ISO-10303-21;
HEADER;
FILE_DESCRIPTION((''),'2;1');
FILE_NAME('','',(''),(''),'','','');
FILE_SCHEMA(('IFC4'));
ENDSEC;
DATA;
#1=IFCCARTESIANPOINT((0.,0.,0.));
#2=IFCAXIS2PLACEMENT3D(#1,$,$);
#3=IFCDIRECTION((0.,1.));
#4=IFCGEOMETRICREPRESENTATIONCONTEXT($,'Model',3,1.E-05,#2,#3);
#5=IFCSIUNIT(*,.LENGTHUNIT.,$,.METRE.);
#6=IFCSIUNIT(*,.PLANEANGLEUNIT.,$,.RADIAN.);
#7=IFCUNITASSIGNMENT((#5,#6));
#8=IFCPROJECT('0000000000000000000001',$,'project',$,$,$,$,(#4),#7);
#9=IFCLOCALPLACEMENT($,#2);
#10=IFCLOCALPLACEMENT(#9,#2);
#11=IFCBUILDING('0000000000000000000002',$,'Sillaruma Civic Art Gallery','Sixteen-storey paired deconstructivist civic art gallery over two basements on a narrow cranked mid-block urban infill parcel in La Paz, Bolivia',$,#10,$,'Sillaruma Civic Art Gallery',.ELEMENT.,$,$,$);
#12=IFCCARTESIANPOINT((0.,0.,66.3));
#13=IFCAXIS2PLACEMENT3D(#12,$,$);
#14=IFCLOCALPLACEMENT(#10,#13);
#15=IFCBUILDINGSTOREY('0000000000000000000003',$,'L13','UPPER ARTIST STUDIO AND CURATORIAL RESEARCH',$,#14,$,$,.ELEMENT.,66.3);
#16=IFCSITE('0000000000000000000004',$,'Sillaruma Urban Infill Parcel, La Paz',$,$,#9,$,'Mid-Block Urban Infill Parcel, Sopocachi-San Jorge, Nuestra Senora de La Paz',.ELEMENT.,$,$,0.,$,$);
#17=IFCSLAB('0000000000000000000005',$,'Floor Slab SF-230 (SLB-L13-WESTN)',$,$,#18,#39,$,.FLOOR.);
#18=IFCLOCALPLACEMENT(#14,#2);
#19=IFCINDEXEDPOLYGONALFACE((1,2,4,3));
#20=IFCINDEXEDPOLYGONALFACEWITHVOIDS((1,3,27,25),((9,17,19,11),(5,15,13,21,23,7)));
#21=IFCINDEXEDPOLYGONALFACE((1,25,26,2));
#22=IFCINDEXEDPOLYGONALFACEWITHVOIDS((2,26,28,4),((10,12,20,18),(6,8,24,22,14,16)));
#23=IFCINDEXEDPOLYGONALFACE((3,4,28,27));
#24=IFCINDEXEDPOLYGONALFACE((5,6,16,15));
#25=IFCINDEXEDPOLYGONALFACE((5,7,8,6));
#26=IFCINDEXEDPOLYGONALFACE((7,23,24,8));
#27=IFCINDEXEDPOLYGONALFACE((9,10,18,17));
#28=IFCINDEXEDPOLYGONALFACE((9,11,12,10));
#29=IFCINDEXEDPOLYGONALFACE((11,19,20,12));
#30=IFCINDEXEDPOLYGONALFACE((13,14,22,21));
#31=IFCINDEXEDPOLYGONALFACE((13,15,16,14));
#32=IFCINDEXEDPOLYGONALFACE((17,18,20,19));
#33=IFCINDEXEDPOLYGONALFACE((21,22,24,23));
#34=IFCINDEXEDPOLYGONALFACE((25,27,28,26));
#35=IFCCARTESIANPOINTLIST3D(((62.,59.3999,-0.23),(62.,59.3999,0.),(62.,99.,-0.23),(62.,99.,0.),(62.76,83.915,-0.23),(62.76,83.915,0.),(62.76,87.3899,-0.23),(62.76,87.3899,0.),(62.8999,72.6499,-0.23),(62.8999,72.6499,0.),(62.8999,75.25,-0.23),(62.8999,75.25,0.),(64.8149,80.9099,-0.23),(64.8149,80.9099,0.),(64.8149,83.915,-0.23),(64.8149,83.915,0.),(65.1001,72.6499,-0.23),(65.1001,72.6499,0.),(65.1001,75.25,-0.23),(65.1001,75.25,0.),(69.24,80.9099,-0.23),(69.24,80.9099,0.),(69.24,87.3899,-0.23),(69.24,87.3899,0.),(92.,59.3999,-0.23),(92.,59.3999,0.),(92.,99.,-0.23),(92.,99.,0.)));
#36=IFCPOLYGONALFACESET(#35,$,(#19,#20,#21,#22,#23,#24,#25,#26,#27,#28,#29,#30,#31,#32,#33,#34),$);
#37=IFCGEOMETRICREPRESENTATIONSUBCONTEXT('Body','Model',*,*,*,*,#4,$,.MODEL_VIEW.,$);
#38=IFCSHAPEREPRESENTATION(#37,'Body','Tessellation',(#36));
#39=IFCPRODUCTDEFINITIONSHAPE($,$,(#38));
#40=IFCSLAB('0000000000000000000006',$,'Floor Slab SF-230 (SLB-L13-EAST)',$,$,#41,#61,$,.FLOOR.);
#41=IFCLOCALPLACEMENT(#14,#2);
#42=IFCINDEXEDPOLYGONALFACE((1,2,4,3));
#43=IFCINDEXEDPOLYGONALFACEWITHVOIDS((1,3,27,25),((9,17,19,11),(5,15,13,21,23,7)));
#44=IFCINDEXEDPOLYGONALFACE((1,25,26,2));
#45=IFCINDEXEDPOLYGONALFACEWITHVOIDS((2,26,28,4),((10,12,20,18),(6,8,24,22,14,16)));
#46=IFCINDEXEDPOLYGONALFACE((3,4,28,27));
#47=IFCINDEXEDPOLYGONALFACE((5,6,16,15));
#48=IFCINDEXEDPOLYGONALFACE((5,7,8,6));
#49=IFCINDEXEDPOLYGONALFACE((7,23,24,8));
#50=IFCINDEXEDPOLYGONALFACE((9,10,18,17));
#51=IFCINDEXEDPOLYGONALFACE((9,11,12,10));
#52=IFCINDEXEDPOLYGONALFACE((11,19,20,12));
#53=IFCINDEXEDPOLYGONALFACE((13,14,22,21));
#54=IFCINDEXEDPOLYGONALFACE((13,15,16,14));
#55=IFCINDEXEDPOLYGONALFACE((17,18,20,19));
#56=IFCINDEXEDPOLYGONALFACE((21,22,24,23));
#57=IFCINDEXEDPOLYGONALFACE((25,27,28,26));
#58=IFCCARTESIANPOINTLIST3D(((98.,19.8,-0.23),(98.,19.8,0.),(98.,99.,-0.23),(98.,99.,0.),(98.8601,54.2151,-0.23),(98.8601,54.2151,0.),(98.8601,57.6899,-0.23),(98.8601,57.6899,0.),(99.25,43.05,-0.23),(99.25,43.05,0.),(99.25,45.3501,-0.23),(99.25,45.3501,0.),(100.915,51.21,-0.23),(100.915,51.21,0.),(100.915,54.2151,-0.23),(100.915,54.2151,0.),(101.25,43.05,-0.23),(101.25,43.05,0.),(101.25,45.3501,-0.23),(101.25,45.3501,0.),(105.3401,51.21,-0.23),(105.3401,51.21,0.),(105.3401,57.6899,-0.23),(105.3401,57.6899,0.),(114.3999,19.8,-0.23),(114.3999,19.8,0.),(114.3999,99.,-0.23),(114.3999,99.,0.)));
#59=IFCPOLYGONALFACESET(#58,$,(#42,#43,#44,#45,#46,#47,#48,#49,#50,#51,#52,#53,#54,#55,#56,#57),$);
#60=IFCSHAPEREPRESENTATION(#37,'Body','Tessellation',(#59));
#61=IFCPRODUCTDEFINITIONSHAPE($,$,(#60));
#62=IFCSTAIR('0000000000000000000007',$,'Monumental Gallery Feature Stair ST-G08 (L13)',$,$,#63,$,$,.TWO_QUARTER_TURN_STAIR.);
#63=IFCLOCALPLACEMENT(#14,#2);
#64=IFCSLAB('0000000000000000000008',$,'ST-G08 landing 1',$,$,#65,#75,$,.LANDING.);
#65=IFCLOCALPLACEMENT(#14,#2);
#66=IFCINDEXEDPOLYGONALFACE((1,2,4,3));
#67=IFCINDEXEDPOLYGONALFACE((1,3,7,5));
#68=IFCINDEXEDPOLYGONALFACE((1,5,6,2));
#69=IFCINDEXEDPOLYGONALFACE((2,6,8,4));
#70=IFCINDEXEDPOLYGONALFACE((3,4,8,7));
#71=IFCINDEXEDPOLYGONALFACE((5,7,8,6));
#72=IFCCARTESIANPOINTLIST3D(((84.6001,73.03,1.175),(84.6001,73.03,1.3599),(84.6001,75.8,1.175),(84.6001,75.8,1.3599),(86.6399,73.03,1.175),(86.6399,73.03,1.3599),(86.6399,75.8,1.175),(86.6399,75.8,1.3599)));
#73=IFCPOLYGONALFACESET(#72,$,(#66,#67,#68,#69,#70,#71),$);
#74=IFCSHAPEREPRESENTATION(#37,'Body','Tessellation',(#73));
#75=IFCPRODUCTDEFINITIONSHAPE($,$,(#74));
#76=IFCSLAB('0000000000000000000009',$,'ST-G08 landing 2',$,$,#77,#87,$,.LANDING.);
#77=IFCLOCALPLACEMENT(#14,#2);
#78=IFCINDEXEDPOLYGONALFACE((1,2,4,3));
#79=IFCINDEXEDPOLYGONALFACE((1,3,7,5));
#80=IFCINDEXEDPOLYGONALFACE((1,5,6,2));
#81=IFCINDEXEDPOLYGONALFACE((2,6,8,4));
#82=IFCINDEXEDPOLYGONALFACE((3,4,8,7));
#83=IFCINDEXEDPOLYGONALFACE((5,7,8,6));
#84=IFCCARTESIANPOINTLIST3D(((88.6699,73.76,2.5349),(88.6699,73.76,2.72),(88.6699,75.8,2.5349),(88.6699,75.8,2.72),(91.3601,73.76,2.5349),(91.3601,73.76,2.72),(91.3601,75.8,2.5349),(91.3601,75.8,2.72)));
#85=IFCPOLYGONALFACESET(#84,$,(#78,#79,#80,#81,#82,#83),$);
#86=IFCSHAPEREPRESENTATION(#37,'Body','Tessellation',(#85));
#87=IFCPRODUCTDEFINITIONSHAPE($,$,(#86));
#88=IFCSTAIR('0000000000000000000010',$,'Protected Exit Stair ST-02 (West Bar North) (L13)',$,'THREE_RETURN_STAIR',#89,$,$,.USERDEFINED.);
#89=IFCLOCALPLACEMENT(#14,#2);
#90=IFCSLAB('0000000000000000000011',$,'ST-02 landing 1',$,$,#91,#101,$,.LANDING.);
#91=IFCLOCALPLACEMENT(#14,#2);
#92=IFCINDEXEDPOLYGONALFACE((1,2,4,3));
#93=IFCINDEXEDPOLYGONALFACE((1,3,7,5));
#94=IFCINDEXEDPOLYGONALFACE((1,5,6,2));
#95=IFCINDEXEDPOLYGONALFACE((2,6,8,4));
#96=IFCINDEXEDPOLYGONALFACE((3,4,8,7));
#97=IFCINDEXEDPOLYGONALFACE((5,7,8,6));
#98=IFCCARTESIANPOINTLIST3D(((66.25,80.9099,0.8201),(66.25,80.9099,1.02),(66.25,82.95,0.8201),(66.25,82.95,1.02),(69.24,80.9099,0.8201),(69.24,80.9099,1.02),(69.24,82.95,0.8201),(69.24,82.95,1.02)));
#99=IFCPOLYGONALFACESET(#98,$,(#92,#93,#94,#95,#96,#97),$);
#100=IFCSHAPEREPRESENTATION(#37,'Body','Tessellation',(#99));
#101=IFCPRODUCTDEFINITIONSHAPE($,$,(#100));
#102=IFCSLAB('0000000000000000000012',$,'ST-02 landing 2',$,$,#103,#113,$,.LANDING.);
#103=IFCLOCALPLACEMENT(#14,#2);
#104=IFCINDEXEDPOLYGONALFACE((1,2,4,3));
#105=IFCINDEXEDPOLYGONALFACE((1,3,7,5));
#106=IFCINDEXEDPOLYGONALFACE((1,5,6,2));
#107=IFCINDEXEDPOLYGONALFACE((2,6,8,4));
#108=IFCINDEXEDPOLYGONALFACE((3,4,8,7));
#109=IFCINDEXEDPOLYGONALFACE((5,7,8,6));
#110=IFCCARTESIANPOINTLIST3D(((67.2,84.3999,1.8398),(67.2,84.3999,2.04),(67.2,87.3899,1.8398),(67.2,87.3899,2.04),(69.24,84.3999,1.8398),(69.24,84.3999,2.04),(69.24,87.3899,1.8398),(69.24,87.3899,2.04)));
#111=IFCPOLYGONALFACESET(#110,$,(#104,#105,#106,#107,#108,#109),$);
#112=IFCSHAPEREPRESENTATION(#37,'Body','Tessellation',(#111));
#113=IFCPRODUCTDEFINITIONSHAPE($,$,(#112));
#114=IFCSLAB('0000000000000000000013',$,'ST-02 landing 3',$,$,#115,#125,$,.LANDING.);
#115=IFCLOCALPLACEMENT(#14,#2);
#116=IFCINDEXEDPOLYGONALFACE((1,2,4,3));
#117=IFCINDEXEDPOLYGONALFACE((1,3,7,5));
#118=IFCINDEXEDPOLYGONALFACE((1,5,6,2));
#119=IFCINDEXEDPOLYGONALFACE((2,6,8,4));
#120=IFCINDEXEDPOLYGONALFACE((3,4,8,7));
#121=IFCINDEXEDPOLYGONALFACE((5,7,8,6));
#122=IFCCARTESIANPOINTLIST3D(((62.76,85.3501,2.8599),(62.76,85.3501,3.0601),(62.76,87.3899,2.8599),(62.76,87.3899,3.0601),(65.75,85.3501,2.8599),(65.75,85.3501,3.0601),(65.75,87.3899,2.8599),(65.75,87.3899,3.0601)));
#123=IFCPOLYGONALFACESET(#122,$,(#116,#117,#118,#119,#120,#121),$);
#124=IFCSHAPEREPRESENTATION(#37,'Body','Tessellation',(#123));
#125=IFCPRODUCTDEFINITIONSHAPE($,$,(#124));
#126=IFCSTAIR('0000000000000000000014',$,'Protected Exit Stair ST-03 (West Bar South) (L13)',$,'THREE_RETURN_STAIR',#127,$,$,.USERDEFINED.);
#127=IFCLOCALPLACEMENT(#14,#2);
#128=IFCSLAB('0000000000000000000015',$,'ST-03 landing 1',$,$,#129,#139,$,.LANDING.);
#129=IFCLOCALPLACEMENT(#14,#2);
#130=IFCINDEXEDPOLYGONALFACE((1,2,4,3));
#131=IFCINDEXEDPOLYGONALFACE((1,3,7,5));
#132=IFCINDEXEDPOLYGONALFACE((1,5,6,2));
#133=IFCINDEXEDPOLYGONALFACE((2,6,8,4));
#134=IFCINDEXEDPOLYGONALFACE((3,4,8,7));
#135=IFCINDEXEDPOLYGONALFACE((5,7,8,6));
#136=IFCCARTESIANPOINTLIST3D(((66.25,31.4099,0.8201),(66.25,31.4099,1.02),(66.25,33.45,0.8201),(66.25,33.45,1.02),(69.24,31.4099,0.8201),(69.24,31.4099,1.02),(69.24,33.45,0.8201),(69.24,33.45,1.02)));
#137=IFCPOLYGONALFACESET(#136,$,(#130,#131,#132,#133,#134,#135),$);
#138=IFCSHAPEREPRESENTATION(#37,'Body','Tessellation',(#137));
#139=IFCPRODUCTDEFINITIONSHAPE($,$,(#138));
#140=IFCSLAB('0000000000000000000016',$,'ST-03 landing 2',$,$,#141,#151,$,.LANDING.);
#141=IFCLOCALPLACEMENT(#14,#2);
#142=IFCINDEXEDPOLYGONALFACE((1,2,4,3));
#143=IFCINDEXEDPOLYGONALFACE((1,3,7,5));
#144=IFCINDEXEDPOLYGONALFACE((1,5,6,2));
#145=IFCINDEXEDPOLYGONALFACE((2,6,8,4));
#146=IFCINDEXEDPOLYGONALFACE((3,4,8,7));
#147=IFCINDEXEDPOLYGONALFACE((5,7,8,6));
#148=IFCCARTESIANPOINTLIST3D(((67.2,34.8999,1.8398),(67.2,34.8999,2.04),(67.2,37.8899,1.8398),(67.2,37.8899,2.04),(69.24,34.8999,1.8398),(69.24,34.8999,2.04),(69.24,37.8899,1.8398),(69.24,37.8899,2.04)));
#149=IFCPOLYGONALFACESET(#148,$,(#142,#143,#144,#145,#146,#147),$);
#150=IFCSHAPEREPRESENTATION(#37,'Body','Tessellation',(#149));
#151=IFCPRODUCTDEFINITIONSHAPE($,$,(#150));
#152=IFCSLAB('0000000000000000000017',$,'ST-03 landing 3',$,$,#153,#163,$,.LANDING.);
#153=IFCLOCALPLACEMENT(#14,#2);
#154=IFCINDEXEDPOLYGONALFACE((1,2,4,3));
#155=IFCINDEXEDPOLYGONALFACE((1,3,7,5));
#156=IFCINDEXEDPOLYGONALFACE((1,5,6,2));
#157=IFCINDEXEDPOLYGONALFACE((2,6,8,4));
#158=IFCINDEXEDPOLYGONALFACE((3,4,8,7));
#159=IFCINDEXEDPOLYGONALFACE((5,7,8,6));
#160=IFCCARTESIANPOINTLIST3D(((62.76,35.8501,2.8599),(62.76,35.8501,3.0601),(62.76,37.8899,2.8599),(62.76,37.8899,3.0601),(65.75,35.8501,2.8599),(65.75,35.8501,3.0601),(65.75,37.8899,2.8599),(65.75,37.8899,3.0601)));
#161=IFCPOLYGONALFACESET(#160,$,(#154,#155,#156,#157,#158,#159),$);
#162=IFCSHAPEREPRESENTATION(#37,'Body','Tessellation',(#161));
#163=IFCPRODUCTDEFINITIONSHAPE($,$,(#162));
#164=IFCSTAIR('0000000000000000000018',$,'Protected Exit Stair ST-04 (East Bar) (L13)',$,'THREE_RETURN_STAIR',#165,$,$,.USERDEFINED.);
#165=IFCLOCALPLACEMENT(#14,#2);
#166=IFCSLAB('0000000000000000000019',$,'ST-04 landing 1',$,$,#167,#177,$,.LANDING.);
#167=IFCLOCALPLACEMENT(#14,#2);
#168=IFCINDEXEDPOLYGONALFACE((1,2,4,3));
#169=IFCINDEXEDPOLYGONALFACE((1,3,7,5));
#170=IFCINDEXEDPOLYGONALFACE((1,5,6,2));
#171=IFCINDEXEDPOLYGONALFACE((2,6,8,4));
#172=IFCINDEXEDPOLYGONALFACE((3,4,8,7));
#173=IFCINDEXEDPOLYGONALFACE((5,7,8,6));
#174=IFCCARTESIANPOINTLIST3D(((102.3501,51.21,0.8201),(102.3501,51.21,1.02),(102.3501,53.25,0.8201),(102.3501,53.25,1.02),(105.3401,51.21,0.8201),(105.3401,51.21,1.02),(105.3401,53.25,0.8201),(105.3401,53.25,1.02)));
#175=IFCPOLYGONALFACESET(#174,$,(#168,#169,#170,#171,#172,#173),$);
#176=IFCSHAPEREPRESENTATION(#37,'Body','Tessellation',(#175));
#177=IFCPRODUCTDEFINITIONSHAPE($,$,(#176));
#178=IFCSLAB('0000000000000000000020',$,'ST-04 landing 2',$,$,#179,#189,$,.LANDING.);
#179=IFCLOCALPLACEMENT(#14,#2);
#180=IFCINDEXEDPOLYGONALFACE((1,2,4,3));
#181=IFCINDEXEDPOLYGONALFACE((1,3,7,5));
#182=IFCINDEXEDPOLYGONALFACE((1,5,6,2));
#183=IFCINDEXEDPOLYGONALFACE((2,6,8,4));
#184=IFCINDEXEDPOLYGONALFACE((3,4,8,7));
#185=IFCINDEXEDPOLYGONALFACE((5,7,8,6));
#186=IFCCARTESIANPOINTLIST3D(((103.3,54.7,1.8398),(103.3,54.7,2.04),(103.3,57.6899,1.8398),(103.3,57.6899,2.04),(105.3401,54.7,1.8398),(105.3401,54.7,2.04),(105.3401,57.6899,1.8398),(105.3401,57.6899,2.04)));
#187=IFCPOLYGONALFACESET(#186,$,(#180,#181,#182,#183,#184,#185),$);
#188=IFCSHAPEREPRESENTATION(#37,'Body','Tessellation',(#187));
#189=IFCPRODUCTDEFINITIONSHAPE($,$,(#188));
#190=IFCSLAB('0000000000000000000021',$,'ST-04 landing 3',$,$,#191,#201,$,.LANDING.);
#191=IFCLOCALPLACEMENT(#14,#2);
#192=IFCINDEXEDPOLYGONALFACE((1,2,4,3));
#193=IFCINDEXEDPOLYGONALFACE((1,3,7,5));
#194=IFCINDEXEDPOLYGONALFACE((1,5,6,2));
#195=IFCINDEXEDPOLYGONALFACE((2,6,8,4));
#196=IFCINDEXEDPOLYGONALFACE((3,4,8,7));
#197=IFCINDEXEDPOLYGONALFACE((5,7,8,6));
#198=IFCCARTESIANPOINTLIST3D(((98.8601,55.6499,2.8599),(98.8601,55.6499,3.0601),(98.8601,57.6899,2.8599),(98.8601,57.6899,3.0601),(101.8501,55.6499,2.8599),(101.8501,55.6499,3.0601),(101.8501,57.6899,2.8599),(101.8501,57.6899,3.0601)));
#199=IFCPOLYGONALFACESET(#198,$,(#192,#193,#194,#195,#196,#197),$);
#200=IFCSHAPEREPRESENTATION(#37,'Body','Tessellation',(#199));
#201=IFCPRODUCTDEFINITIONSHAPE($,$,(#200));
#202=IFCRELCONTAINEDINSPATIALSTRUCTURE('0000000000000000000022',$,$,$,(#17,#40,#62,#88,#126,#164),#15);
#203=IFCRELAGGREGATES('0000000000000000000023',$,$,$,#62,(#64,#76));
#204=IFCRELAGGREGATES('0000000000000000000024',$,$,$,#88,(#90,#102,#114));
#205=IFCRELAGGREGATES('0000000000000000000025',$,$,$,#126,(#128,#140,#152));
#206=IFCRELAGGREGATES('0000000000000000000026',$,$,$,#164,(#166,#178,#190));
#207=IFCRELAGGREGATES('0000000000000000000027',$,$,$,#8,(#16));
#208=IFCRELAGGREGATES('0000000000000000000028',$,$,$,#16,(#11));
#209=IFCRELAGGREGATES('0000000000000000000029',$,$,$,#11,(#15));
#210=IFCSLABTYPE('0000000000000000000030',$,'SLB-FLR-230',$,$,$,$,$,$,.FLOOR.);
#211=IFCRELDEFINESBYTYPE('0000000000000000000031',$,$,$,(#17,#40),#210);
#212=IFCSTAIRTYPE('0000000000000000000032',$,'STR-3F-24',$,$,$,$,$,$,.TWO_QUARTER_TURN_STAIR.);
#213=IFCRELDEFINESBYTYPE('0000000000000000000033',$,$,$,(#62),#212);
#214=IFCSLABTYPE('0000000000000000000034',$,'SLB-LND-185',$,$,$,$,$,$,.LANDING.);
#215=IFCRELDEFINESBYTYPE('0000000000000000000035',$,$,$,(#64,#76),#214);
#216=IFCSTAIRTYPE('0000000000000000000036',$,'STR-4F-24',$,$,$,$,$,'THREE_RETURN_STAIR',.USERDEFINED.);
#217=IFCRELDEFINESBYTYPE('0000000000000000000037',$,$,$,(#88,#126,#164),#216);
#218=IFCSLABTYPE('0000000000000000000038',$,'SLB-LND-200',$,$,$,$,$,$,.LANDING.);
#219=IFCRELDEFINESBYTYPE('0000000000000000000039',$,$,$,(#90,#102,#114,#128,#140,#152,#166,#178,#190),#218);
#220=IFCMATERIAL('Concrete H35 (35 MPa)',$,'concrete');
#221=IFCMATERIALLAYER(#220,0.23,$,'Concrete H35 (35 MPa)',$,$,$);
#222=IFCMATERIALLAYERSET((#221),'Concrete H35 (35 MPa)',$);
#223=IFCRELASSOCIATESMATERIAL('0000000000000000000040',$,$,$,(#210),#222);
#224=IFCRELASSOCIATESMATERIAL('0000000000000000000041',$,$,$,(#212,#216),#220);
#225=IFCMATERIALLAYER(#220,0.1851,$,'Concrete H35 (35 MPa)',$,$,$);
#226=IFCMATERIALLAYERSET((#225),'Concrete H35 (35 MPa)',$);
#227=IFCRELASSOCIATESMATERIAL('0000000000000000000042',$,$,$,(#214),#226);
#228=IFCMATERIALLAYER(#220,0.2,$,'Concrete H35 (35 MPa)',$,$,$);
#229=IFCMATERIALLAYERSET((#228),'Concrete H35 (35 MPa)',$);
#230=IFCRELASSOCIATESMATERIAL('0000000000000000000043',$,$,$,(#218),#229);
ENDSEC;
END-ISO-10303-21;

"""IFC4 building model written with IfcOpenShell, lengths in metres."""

from ifc_helpers import new_model, si_unit, direction, frame, origin, place, context, subcontext, project, spatial, polyline, outline, extrude, material, layer, layer_set, type_object, element, aggregate, save


model = new_model("IFC4")

# Units and contexts
model_context = context("Model", 3, precision=1e-05, world=origin(), true_north=direction((0.0, 1.0)))
body_context = subcontext(model_context, "Body", "Model", "MODEL_VIEW")
ifc_project = project(units=[si_unit("LENGTHUNIT", "METRE"), si_unit("PLANEANGLEUNIT", "RADIAN")], contexts=[model_context])

# Site, building, storey
site_placement = place(None, origin())
site = spatial("IfcSite", under=ifc_project, at=site_placement, Name="Sillaruma Urban Infill Parcel, La Paz", LongName="Mid-Block Urban Infill Parcel, Sopocachi-San Jorge, Nuestra Senora de La Paz", CompositionType="ELEMENT", RefElevation=0.0)
building_placement = place(site_placement, origin())
building = spatial("IfcBuilding", under=site, at=building_placement, Name="Sillaruma Civic Art Gallery", Description="Sixteen-storey paired deconstructivist civic art gallery over two basements on a narrow cranked mid-block urban infill parcel in La Paz, Bolivia", LongName="Sillaruma Civic Art Gallery", CompositionType="ELEMENT")
storey_placement = place(building_placement, frame((0.0, 0.0, 66.3)))
storey = spatial("IfcBuildingStorey", under=building, at=storey_placement, Name="L13", Description="UPPER ARTIST STUDIO AND CURATORIAL RESEARCH", CompositionType="ELEMENT", Elevation=66.3)

# Shared definitions
ifc_material_1 = material(Name="Concrete H35 (35 MPa)", Category="concrete")

# Slabs
ifc_layer_1 = layer(ifc_material_1, 0.23, Name="Concrete H35 (35 MPa)")
ifc_layer_set_1 = layer_set([ifc_layer_1], Name="Concrete H35 (35 MPa)")
slab_type_1 = type_object("IfcSlabType", Name="SLB-FLR-230", PredefinedType="FLOOR", material=ifc_layer_set_1)
slab_1_placement = place(storey_placement, frame((0.0, 0.0, -0.23)))
element("IfcSlab", 1, at=slab_1_placement, inside=storey, type_object=slab_type_1, Name="Floor Slab SF-230 (SLB-L13-WESTN)", PredefinedType="FLOOR", context=body_context, shape_type="SweptSolid", body=[
    extrude(outline(polyline([(62.0, 59.3999), (92.0, 59.3999), (92.0, 99.0), (62.0, 99.0), (62.0, 59.3999)]), holes=[polyline([(64.8149, 80.9099), (69.24, 80.9099), (69.24, 87.3899), (62.76, 87.3899), (62.76, 83.915), (64.8149, 83.915), (64.8149, 80.9099)]), polyline([(62.8999, 72.6499), (65.1001, 72.6499), (65.1001, 75.25), (62.8999, 75.25), (62.8999, 72.6499)])]), origin(), (0.0, 0.0, 1.0), 0.23),
])
slab_2_placement = place(storey_placement, frame((0.0, 0.0, -0.23)))
element("IfcSlab", 2, at=slab_2_placement, inside=storey, type_object=slab_type_1, Name="Floor Slab SF-230 (SLB-L13-EAST)", PredefinedType="FLOOR", context=body_context, shape_type="SweptSolid", body=[
    extrude(outline(polyline([(98.0, 19.8), (114.3999, 19.8), (114.3999, 99.0), (98.0, 99.0), (98.0, 19.8)]), holes=[polyline([(100.915, 51.21), (105.3401, 51.21), (105.3401, 57.6899), (98.8601, 57.6899), (98.8601, 54.2151), (100.915, 54.2151), (100.915, 51.21)]), polyline([(99.25, 43.05), (101.25, 43.05), (101.25, 45.3501), (99.25, 45.3501), (99.25, 43.05)])]), origin(), (0.0, 0.0, 1.0), 0.23),
])

# Stairs, slabs
stair_type_1 = type_object("IfcStairType", Name="STR-3F-24", PredefinedType="TWO_QUARTER_TURN_STAIR", material=ifc_material_1)
stair_1_placement = place(storey_placement, origin())
stair_1 = element("IfcStair", 3, at=stair_1_placement, inside=storey, type_object=stair_type_1, Name="Monumental Gallery Feature Stair ST-G08 (L13)", PredefinedType="TWO_QUARTER_TURN_STAIR")
ifc_layer_2 = layer(ifc_material_1, 0.1851, Name="Concrete H35 (35 MPa)")
ifc_layer_set_2 = layer_set([ifc_layer_2], Name="Concrete H35 (35 MPa)")
slab_type_2 = type_object("IfcSlabType", Name="SLB-LND-185", PredefinedType="LANDING", material=ifc_layer_set_2)
slab_3_placement = place(storey_placement, frame((0.0, 0.0, 1.175)))
slab_3 = element("IfcSlab", 4, at=slab_3_placement, type_object=slab_type_2, Name="ST-G08 landing 1", PredefinedType="LANDING", context=body_context, shape_type="SweptSolid", body=[
    extrude(outline(polyline([(84.6001, 73.03), (86.6399, 73.03), (86.6399, 75.8), (84.6001, 75.8), (84.6001, 73.03)])), origin(), (0.0, 0.0, 1.0), 0.1848),
])
slab_4_placement = place(storey_placement, frame((0.0, 0.0, 2.5349)))
slab_4 = element("IfcSlab", 5, at=slab_4_placement, type_object=slab_type_2, Name="ST-G08 landing 2", PredefinedType="LANDING", context=body_context, shape_type="SweptSolid", body=[
    extrude(outline(polyline([(88.6699, 73.76), (91.3601, 73.76), (91.3601, 75.8), (88.6699, 75.8), (88.6699, 73.76)])), origin(), (0.0, 0.0, 1.0), 0.1851),
])
aggregate(stair_1, [slab_3, slab_4])
stair_type_2 = type_object("IfcStairType", Name="STR-4F-24", ElementType="THREE_RETURN_STAIR", PredefinedType="USERDEFINED", material=ifc_material_1)
stair_2_placement = place(storey_placement, origin())
stair_2 = element("IfcStair", 6, at=stair_2_placement, inside=storey, type_object=stair_type_2, Name="Protected Exit Stair ST-02 (West Bar North) (L13)", ObjectType="THREE_RETURN_STAIR", PredefinedType="USERDEFINED")
ifc_layer_3 = layer(ifc_material_1, 0.2, Name="Concrete H35 (35 MPa)")
ifc_layer_set_3 = layer_set([ifc_layer_3], Name="Concrete H35 (35 MPa)")
slab_type_3 = type_object("IfcSlabType", Name="SLB-LND-200", PredefinedType="LANDING", material=ifc_layer_set_3)
slab_5_placement = place(storey_placement, frame((0.0, 0.0, 0.8201)))
slab_5 = element("IfcSlab", 7, at=slab_5_placement, type_object=slab_type_3, Name="ST-02 landing 1", PredefinedType="LANDING", context=body_context, shape_type="SweptSolid", body=[
    extrude(outline(polyline([(66.25, 80.9099), (69.24, 80.9099), (69.24, 82.95), (66.25, 82.95), (66.25, 80.9099)])), origin(), (0.0, 0.0, 1.0), 0.2),
])
slab_6_placement = place(storey_placement, frame((0.0, 0.0, 1.8398)))
slab_6 = element("IfcSlab", 8, at=slab_6_placement, type_object=slab_type_3, Name="ST-02 landing 2", PredefinedType="LANDING", context=body_context, shape_type="SweptSolid", body=[
    extrude(outline(polyline([(67.2, 84.3999), (69.24, 84.3999), (69.24, 87.3899), (67.2, 87.3899), (67.2, 84.3999)])), origin(), (0.0, 0.0, 1.0), 0.2002),
])
slab_7_placement = place(storey_placement, frame((0.0, 0.0, 2.8599)))
slab_7 = element("IfcSlab", 9, at=slab_7_placement, type_object=slab_type_3, Name="ST-02 landing 3", PredefinedType="LANDING", context=body_context, shape_type="SweptSolid", body=[
    extrude(outline(polyline([(62.76, 85.3501), (65.75, 85.3501), (65.75, 87.3899), (62.76, 87.3899), (62.76, 85.3501)])), origin(), (0.0, 0.0, 1.0), 0.2002),
])
aggregate(stair_2, [slab_5, slab_6, slab_7])
stair_3_placement = place(storey_placement, origin())
stair_3 = element("IfcStair", 10, at=stair_3_placement, inside=storey, type_object=stair_type_2, Name="Protected Exit Stair ST-03 (West Bar South) (L13)", ObjectType="THREE_RETURN_STAIR", PredefinedType="USERDEFINED")
slab_8_placement = place(storey_placement, frame((0.0, 0.0, 0.8201)))
slab_8 = element("IfcSlab", 11, at=slab_8_placement, type_object=slab_type_3, Name="ST-03 landing 1", PredefinedType="LANDING", context=body_context, shape_type="SweptSolid", body=[
    extrude(outline(polyline([(66.25, 31.4099), (69.24, 31.4099), (69.24, 33.45), (66.25, 33.45), (66.25, 31.4099)])), origin(), (0.0, 0.0, 1.0), 0.2),
])
slab_9_placement = place(storey_placement, frame((0.0, 0.0, 1.8398)))
slab_9 = element("IfcSlab", 12, at=slab_9_placement, type_object=slab_type_3, Name="ST-03 landing 2", PredefinedType="LANDING", context=body_context, shape_type="SweptSolid", body=[
    extrude(outline(polyline([(67.2, 34.8999), (69.24, 34.8999), (69.24, 37.8899), (67.2, 37.8899), (67.2, 34.8999)])), origin(), (0.0, 0.0, 1.0), 0.2002),
])
slab_10_placement = place(storey_placement, frame((0.0, 0.0, 2.8599)))
slab_10 = element("IfcSlab", 13, at=slab_10_placement, type_object=slab_type_3, Name="ST-03 landing 3", PredefinedType="LANDING", context=body_context, shape_type="SweptSolid", body=[
    extrude(outline(polyline([(62.76, 35.8501), (65.75, 35.8501), (65.75, 37.8899), (62.76, 37.8899), (62.76, 35.8501)])), origin(), (0.0, 0.0, 1.0), 0.2002),
])
aggregate(stair_3, [slab_8, slab_9, slab_10])
stair_4_placement = place(storey_placement, origin())
stair_4 = element("IfcStair", 14, at=stair_4_placement, inside=storey, type_object=stair_type_2, Name="Protected Exit Stair ST-04 (East Bar) (L13)", ObjectType="THREE_RETURN_STAIR", PredefinedType="USERDEFINED")
slab_11_placement = place(storey_placement, frame((0.0, 0.0, 0.8201)))
slab_11 = element("IfcSlab", 15, at=slab_11_placement, type_object=slab_type_3, Name="ST-04 landing 1", PredefinedType="LANDING", context=body_context, shape_type="SweptSolid", body=[
    extrude(outline(polyline([(102.3501, 51.21), (105.3401, 51.21), (105.3401, 53.25), (102.3501, 53.25), (102.3501, 51.21)])), origin(), (0.0, 0.0, 1.0), 0.2),
])
slab_12_placement = place(storey_placement, frame((0.0, 0.0, 1.8398)))
slab_12 = element("IfcSlab", 16, at=slab_12_placement, type_object=slab_type_3, Name="ST-04 landing 2", PredefinedType="LANDING", context=body_context, shape_type="SweptSolid", body=[
    extrude(outline(polyline([(103.3, 54.7), (105.3401, 54.7), (105.3401, 57.6899), (103.3, 57.6899), (103.3, 54.7)])), origin(), (0.0, 0.0, 1.0), 0.2002),
])
slab_13_placement = place(storey_placement, frame((0.0, 0.0, 2.8599)))
slab_13 = element("IfcSlab", 17, at=slab_13_placement, type_object=slab_type_3, Name="ST-04 landing 3", PredefinedType="LANDING", context=body_context, shape_type="SweptSolid", body=[
    extrude(outline(polyline([(98.8601, 55.6499), (101.8501, 55.6499), (101.8501, 57.6899), (98.8601, 57.6899), (98.8601, 55.6499)])), origin(), (0.0, 0.0, 1.0), 0.2002),
])
aggregate(stair_4, [slab_11, slab_12, slab_13])

save(model, "model.ifc")
